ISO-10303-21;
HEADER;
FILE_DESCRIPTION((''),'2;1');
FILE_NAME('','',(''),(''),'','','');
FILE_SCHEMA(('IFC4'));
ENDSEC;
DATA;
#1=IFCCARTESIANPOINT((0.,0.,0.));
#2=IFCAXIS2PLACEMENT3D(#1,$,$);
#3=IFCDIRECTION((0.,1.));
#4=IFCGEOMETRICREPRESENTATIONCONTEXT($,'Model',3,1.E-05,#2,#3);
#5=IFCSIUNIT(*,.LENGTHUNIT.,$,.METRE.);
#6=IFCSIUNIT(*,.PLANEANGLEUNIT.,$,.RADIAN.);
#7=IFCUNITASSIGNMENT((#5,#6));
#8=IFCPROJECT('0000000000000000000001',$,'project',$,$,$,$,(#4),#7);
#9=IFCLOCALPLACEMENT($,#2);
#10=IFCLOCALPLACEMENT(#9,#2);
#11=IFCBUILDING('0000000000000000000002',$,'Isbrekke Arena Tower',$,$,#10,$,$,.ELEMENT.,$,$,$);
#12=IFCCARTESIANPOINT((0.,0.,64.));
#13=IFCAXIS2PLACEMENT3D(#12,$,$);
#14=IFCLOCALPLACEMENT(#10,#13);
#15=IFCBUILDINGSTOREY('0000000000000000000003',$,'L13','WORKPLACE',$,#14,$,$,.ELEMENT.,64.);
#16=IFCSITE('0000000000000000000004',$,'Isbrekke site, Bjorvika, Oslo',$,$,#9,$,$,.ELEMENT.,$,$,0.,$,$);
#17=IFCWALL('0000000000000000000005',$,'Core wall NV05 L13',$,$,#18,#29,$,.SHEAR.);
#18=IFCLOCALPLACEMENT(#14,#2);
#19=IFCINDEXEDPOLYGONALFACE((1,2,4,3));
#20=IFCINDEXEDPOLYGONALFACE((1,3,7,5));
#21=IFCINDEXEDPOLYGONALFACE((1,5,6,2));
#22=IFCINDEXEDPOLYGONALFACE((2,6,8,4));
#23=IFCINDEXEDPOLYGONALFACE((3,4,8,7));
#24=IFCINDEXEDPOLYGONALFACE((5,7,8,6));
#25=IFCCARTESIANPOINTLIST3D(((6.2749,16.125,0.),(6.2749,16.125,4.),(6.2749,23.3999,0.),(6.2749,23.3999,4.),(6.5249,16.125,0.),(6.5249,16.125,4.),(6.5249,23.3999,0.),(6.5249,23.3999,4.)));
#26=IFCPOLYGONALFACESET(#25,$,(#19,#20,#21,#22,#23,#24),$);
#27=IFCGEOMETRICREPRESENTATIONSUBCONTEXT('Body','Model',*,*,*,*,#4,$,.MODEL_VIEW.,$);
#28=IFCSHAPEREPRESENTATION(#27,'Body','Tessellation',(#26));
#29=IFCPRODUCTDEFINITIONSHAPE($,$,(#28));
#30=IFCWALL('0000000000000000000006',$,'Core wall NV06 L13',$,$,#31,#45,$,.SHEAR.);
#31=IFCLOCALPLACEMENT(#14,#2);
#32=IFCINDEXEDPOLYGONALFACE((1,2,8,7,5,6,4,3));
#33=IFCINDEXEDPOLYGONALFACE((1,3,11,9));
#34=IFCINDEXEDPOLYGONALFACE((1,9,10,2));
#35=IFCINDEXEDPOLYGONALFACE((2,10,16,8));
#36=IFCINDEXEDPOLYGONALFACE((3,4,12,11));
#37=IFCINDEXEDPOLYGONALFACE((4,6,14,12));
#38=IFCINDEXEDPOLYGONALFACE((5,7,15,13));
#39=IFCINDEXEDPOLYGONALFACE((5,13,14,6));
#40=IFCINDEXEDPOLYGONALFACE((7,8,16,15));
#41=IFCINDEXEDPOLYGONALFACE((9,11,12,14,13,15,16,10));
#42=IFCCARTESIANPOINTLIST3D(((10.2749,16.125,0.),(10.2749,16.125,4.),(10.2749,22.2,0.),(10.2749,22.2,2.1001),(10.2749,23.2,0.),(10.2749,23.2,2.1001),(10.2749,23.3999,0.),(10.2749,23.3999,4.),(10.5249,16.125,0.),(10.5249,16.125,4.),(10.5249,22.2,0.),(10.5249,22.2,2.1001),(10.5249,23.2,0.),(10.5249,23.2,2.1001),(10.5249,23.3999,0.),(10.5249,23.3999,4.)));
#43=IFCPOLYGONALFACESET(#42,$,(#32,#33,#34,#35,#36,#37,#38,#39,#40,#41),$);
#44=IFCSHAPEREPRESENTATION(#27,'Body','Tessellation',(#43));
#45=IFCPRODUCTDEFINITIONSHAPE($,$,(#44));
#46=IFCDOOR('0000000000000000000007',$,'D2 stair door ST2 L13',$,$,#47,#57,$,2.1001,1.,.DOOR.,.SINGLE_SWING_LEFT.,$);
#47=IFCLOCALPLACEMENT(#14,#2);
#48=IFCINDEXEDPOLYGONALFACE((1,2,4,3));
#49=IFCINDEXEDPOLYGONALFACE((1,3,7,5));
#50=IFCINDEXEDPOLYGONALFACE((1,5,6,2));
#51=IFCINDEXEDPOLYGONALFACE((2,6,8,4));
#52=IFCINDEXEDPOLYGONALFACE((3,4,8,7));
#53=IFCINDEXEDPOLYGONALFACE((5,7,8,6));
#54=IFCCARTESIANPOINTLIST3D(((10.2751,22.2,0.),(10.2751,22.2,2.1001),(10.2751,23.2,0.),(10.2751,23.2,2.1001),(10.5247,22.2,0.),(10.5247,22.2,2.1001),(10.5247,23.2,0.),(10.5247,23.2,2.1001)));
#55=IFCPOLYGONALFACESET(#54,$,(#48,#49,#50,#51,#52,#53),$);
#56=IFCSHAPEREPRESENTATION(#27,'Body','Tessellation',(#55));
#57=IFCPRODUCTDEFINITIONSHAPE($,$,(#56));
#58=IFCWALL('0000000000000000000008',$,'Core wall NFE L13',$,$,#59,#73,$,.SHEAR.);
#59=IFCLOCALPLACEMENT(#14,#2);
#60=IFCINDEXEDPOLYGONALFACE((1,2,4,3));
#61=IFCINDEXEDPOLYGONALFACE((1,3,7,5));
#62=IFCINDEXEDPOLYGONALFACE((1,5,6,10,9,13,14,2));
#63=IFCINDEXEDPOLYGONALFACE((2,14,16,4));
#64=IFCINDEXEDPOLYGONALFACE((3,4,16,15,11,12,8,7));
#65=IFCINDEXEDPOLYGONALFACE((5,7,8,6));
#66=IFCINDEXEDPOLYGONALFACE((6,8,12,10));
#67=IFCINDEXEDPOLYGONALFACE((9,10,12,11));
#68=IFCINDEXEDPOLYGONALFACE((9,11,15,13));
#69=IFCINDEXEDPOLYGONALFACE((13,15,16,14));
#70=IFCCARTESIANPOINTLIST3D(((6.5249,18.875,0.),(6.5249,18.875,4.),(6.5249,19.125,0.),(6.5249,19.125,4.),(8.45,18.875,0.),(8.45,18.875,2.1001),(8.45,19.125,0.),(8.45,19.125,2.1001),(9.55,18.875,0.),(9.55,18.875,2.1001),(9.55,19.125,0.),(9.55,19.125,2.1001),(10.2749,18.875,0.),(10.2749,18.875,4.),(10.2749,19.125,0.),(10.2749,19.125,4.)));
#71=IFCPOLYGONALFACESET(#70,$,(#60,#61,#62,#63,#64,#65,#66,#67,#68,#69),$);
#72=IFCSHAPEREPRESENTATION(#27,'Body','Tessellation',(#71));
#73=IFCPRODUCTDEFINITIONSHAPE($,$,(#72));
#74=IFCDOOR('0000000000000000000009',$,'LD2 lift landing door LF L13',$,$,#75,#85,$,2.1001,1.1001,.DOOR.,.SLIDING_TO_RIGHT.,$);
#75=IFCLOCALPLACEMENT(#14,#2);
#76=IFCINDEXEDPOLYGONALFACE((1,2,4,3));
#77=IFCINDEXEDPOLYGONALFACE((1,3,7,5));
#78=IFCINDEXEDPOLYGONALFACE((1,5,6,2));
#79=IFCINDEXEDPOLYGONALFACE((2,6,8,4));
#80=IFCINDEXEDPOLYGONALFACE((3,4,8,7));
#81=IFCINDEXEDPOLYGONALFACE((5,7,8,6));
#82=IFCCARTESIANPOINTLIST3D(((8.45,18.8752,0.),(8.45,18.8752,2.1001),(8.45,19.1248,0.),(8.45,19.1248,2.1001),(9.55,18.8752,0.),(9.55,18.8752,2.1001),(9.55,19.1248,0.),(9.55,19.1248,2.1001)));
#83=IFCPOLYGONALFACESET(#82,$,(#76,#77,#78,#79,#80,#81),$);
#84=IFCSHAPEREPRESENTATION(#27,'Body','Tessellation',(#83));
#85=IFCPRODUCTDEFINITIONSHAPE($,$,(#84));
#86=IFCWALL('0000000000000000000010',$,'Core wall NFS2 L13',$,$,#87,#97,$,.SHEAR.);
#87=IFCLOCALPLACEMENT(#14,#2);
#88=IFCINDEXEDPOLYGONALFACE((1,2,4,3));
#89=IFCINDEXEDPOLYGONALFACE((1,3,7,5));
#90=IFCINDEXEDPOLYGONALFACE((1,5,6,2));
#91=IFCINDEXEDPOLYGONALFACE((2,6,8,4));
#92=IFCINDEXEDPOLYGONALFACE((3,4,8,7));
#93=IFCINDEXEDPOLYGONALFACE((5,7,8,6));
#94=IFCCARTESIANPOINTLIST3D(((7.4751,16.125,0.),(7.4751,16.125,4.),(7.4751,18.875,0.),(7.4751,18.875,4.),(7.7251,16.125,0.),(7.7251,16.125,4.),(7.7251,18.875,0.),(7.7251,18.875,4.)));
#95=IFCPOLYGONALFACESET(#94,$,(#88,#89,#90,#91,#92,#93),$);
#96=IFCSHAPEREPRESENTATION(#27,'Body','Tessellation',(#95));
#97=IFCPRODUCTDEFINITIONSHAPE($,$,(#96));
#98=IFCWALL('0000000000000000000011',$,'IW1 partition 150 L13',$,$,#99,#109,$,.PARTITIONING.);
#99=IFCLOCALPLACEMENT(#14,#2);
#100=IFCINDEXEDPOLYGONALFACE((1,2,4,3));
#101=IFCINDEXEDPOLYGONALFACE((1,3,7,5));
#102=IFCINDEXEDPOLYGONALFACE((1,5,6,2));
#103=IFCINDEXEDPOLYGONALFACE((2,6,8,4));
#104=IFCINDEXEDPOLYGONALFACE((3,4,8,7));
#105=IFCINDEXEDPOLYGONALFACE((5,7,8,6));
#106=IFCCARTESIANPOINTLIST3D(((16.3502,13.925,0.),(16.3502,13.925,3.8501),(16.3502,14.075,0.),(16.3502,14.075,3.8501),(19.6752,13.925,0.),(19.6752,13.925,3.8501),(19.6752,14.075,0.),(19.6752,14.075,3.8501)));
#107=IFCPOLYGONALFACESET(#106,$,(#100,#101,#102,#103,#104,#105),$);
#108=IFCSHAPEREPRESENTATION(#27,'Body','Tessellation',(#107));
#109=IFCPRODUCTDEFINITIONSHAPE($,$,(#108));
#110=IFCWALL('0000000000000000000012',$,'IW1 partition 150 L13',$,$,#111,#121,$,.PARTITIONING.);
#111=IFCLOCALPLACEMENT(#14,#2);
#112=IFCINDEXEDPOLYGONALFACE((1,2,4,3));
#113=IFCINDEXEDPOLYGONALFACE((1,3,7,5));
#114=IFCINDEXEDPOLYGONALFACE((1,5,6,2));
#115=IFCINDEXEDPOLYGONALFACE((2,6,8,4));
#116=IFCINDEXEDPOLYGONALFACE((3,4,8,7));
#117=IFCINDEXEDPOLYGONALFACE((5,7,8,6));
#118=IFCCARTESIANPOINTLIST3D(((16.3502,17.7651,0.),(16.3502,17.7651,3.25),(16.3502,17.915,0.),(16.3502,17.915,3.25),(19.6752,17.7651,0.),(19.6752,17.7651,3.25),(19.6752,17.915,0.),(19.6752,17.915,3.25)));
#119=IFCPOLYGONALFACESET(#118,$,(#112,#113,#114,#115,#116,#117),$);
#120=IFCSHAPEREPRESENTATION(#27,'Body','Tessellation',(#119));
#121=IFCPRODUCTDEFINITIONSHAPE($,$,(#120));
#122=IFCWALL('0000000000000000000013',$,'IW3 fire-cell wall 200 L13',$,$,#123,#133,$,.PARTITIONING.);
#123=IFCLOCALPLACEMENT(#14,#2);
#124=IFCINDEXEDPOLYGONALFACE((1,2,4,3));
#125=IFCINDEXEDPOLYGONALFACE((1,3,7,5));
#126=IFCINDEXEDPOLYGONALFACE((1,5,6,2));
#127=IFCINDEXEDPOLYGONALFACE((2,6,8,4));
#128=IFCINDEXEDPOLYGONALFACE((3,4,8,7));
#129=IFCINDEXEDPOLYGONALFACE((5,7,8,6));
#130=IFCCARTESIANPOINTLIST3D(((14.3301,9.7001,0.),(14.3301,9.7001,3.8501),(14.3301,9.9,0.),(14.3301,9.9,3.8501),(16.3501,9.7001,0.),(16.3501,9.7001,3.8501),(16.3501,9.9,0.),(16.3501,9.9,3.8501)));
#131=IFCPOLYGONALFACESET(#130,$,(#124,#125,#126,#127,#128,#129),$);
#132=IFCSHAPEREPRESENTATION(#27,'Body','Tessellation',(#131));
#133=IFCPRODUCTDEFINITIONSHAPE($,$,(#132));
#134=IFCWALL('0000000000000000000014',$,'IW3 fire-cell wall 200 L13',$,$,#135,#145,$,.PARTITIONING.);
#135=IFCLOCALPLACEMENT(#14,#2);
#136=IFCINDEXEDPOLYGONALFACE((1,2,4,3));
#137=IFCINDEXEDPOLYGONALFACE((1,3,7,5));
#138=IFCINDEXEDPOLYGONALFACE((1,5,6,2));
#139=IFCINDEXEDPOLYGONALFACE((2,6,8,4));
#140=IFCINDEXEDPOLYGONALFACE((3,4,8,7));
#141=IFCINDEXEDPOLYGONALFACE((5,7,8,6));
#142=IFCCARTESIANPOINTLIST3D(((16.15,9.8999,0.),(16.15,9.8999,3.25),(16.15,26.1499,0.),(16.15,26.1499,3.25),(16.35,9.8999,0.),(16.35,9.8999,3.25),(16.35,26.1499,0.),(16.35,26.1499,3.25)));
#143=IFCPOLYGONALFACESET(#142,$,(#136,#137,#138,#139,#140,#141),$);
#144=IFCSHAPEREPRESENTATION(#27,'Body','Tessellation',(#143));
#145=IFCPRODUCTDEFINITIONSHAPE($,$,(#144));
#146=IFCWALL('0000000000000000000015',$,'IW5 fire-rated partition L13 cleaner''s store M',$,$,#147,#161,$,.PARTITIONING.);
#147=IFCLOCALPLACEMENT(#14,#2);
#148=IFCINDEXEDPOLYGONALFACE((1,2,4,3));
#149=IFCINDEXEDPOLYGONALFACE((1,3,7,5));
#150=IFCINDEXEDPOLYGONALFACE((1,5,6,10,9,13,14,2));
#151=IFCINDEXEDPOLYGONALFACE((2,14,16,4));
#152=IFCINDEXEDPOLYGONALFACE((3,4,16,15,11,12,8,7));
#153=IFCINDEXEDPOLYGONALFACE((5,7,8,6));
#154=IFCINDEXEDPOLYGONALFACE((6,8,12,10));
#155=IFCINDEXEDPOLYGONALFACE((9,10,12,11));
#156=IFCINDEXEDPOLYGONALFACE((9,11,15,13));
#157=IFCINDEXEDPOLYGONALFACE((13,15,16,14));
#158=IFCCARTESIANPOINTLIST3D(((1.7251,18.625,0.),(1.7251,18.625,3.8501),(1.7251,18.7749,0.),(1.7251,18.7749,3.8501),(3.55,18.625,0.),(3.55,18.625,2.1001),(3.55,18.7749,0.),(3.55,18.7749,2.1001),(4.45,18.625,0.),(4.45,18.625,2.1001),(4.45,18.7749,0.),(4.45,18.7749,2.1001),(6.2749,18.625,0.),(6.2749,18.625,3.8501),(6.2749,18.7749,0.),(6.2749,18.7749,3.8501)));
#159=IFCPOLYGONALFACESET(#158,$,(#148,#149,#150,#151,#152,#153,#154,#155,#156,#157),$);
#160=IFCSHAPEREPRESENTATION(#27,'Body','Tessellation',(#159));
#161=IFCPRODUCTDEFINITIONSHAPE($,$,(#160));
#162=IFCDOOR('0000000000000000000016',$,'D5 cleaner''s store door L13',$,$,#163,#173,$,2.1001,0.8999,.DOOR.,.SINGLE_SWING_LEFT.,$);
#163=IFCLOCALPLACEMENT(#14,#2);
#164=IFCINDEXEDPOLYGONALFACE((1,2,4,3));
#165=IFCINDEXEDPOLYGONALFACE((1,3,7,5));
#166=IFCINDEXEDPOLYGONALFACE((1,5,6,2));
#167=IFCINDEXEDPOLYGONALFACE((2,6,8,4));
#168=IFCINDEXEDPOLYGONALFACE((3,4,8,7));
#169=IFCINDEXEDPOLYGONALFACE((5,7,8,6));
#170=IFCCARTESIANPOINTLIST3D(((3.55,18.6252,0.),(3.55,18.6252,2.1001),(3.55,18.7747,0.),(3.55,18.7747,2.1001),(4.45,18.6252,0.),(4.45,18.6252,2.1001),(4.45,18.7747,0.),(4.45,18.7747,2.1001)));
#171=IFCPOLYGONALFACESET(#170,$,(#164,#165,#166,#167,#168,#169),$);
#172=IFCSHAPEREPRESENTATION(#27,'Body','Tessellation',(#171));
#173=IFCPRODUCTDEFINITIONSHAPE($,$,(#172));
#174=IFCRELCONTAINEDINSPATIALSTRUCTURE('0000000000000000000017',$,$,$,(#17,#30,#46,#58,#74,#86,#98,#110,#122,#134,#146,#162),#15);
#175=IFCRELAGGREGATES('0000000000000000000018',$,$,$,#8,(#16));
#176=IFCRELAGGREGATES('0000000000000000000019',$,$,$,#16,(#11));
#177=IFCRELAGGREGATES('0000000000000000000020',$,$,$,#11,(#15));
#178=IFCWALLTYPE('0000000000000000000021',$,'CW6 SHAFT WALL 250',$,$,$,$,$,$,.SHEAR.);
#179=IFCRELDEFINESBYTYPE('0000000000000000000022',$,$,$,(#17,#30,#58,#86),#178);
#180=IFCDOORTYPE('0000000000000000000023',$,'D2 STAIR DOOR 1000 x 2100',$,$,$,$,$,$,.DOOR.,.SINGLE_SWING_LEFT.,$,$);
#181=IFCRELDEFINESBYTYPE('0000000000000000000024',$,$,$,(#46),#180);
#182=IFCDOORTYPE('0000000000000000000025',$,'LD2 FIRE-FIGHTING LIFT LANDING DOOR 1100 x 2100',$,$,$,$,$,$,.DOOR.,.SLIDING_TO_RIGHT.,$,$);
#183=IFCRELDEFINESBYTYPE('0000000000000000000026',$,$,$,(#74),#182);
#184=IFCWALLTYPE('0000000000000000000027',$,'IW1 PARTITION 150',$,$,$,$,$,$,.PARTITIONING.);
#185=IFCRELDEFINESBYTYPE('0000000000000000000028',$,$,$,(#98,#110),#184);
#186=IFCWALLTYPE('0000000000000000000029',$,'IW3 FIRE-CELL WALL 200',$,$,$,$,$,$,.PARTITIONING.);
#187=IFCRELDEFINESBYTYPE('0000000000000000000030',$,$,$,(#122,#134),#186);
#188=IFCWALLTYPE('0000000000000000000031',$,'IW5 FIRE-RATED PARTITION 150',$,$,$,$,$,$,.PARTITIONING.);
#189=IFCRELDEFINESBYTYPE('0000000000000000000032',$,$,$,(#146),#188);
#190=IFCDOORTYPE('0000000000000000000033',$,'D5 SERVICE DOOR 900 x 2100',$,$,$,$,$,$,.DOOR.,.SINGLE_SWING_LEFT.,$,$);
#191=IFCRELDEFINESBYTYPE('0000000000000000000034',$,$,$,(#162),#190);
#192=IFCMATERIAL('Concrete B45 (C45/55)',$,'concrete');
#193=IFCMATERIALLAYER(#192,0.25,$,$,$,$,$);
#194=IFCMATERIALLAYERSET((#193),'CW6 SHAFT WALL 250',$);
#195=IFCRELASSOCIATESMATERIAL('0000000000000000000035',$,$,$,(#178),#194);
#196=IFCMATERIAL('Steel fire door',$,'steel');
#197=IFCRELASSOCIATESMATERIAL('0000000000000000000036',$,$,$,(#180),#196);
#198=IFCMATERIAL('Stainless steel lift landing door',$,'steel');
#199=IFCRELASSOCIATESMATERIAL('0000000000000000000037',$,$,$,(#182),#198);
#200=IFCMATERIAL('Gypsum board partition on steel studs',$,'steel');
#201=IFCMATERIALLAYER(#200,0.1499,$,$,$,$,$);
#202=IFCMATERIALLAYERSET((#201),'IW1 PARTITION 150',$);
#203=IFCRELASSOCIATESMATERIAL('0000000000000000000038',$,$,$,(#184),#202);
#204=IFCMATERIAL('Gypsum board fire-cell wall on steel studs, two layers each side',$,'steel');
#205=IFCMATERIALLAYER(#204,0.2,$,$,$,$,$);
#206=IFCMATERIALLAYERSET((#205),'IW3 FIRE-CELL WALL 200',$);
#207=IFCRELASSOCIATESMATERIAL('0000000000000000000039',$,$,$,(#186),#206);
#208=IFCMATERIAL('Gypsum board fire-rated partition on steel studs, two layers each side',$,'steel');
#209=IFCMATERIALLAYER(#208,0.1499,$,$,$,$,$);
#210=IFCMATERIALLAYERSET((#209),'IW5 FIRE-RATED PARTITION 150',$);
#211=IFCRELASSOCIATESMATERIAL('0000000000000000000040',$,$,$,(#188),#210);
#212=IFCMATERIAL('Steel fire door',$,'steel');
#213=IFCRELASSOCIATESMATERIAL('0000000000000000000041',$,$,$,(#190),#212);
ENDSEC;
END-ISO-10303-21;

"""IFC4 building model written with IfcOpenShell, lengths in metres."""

from ifc_helpers import new_model, si_unit, direction, frame, frame_2d, origin, place, context, subcontext, project, spatial, rectangle, extrude, material, layer, layer_set, type_object, element, fill, save


model = new_model("IFC4")

# Units and contexts
model_context = context("Model", 3, precision=1e-05, world=origin(), true_north=direction((0.0, 1.0)))
body_context = subcontext(model_context, "Body", "Model", "MODEL_VIEW")
ifc_project = project(units=[si_unit("LENGTHUNIT", "METRE"), si_unit("PLANEANGLEUNIT", "RADIAN")], contexts=[model_context])

# Site, building, storey
site_placement = place(None, origin())
site = spatial("IfcSite", under=ifc_project, at=site_placement, Name="Isbrekke site, Bjorvika, Oslo", CompositionType="ELEMENT", RefElevation=0.0)
building_placement = place(site_placement, origin())
building = spatial("IfcBuilding", under=site, at=building_placement, Name="Isbrekke Arena Tower", CompositionType="ELEMENT")
storey_placement = place(building_placement, frame((0.0, 0.0, 64.0)))
storey = spatial("IfcBuildingStorey", under=building, at=storey_placement, Name="L13", Description="WORKPLACE", CompositionType="ELEMENT", Elevation=64.0)

# Wall
ifc_material_1 = material(Name="Concrete B45 (C45/55)", Category="concrete")
ifc_layer_1 = layer(ifc_material_1, 0.25)
ifc_layer_set_1 = layer_set([ifc_layer_1], Name="CW6 SHAFT WALL 250")
wall_type_1 = type_object("IfcWallType", Name="CW6 SHAFT WALL 250", PredefinedType="SHEAR", material=ifc_layer_set_1)
for number, where, z_axis, x_axis, name in (
    (1, (6.3999, 16.125, 0.0), (0.0, 0.0, 1.0), (0.0, 1.0, 0.0), "Core wall NV05 L13"),
):
    element("IfcWall", number, at=place(storey_placement, frame(where, z_axis=z_axis, x_axis=x_axis)), inside=storey, type_object=wall_type_1, Name=name, PredefinedType="SHEAR", context=body_context, shape_type="SweptSolid", body=[
        extrude(rectangle(XDim=7.2749, YDim=0.25, at=frame_2d((3.6375, 0.0))), origin(), (0.0, 0.0, 1.0), 4.0),
    ])

# Walls, openings, doors
wall_1_placement = place(storey_placement, frame((10.3999, 16.125, 0.0), z_axis=(0.0, 0.0, 1.0), x_axis=(0.0, 1.0, 0.0)))
wall_1 = element("IfcWall", 2, at=wall_1_placement, inside=storey, type_object=wall_type_1, Name="Core wall NV06 L13", PredefinedType="SHEAR", context=body_context, shape_type="SweptSolid", body=[
    extrude(rectangle(XDim=7.2749, YDim=0.25, at=frame_2d((3.6375, 0.0))), origin(), (0.0, 0.0, 1.0), 4.0),
])
opening_1_placement = place(wall_1_placement, frame((6.075, 0.0, 0.0)))
opening_1 = element("IfcOpeningElement", 3, at=opening_1_placement, cuts=wall_1, PredefinedType="OPENING", context=body_context, shape_type="SweptSolid", body=[
    extrude(rectangle(XDim=1.0, YDim=2.1001, at=frame_2d((0.5, 1.05))), frame((0.0, 0.1399, 0.0), z_axis=(0.0, -1.0, 0.0), x_axis=(1.0, 0.0, 0.0)), (0.0, 0.0, 1.0), 0.2798),
])
ifc_material_2 = material(Name="Steel fire door", Category="steel")
door_type_1 = type_object("IfcDoorType", Name="D2 STAIR DOOR 1000 x 2100", OperationType="SINGLE_SWING_LEFT", PredefinedType="DOOR", material=ifc_material_2)
door_1_placement = place(opening_1_placement, origin())
door_1 = element("IfcDoor", 4, at=door_1_placement, inside=storey, type_object=door_type_1, Name="D2 stair door ST2 L13", OperationType="SINGLE_SWING_LEFT", OverallHeight=2.1001, OverallWidth=1.0, PredefinedType="DOOR", context=body_context, shape_type="SweptSolid", body=[
    extrude(rectangle(XDim=1.0, YDim=2.1001, at=frame_2d((0.5, 1.05))), frame((0.0, 0.1248, 0.0), z_axis=(0.0, -1.0, 0.0), x_axis=(1.0, 0.0, 0.0)), (0.0, 0.0, 1.0), 0.2495),
])
fill(opening_1, door_1)
wall_2_placement = place(storey_placement, frame((6.5249, 19.0, 0.0), z_axis=(0.0, 0.0, 1.0), x_axis=(1.0, 0.0, 0.0)))
wall_2 = element("IfcWall", 5, at=wall_2_placement, inside=storey, type_object=wall_type_1, Name="Core wall NFE L13", PredefinedType="SHEAR", context=body_context, shape_type="SweptSolid", body=[
    extrude(rectangle(XDim=3.75, YDim=0.25, at=frame_2d((1.875, 0.0))), origin(), (0.0, 0.0, 1.0), 4.0),
])
opening_2_placement = place(wall_2_placement, frame((1.925, 0.0, 0.0)))
opening_2 = element("IfcOpeningElement", 6, at=opening_2_placement, cuts=wall_2, PredefinedType="OPENING", context=body_context, shape_type="SweptSolid", body=[
    extrude(rectangle(XDim=1.1001, YDim=2.1001, at=frame_2d((0.55, 1.05))), frame((0.0, 0.1399, 0.0), z_axis=(0.0, -1.0, 0.0), x_axis=(1.0, 0.0, 0.0)), (0.0, 0.0, 1.0), 0.2798),
])
ifc_material_3 = material(Name="Stainless steel lift landing door", Category="steel")
door_type_2 = type_object("IfcDoorType", Name="LD2 FIRE-FIGHTING LIFT LANDING DOOR 1100 x 2100", OperationType="SLIDING_TO_RIGHT", PredefinedType="DOOR", material=ifc_material_3)
door_2_placement = place(opening_2_placement, origin())
door_2 = element("IfcDoor", 7, at=door_2_placement, inside=storey, type_object=door_type_2, Name="LD2 lift landing door LF L13", OperationType="SLIDING_TO_RIGHT", OverallHeight=2.1001, OverallWidth=1.1001, PredefinedType="DOOR", context=body_context, shape_type="SweptSolid", body=[
    extrude(rectangle(XDim=1.1001, YDim=2.1001, at=frame_2d((0.55, 1.05))), frame((0.0, 0.1248, 0.0), z_axis=(0.0, -1.0, 0.0), x_axis=(1.0, 0.0, 0.0)), (0.0, 0.0, 1.0), 0.2495),
])
fill(opening_2, door_2)

# Walls
wall_3_placement = place(storey_placement, frame((7.6001, 16.125, 0.0), z_axis=(0.0, 0.0, 1.0), x_axis=(0.0, 1.0, 0.0)))
element("IfcWall", 8, at=wall_3_placement, inside=storey, type_object=wall_type_1, Name="Core wall NFS2 L13", PredefinedType="SHEAR", context=body_context, shape_type="SweptSolid", body=[
    extrude(rectangle(XDim=2.75, YDim=0.25, at=frame_2d((1.375, 0.0))), origin(), (0.0, 0.0, 1.0), 4.0),
])
ifc_material_4 = material(Name="Gypsum board partition on steel studs", Category="steel")
ifc_layer_2 = layer(ifc_material_4, 0.1499)
ifc_layer_set_2 = layer_set([ifc_layer_2], Name="IW1 PARTITION 150")
wall_type_2 = type_object("IfcWallType", Name="IW1 PARTITION 150", PredefinedType="PARTITIONING", material=ifc_layer_set_2)
wall_4_placement = place(storey_placement, frame((16.3501, 14.0, 0.0), z_axis=(0.0, 0.0, 1.0), x_axis=(1.0, 0.0, 0.0)))
element("IfcWall", 9, at=wall_4_placement, inside=storey, type_object=wall_type_2, Name="IW1 partition 150 L13", PredefinedType="PARTITIONING", context=body_context, shape_type="SweptSolid", body=[
    extrude(rectangle(XDim=3.325, YDim=0.1499, at=frame_2d((1.6626, 0.0))), origin(), (0.0, 0.0, 1.0), 3.8501),
])
wall_5_placement = place(storey_placement, frame((16.3501, 17.8401, 0.0), z_axis=(0.0, 0.0, 1.0), x_axis=(1.0, 0.0, 0.0)))
element("IfcWall", 10, at=wall_5_placement, inside=storey, type_object=wall_type_2, Name="IW1 partition 150 L13", PredefinedType="PARTITIONING", context=body_context, shape_type="SweptSolid", body=[
    extrude(rectangle(XDim=3.325, YDim=0.1499, at=frame_2d((1.6626, 0.0))), origin(), (0.0, 0.0, 1.0), 3.25),
])
ifc_material_5 = material(Name="Gypsum board fire-cell wall on steel studs, two layers each side", Category="steel")
ifc_layer_3 = layer(ifc_material_5, 0.2)
ifc_layer_set_3 = layer_set([ifc_layer_3], Name="IW3 FIRE-CELL WALL 200")
wall_type_3 = type_object("IfcWallType", Name="IW3 FIRE-CELL WALL 200", PredefinedType="PARTITIONING", material=ifc_layer_set_3)
wall_6_placement = place(storey_placement, frame((14.3301, 9.8, 0.0), z_axis=(0.0, 0.0, 1.0), x_axis=(1.0, 0.0, 0.0)))
element("IfcWall", 11, at=wall_6_placement, inside=storey, type_object=wall_type_3, Name="IW3 fire-cell wall 200 L13", PredefinedType="PARTITIONING", context=body_context, shape_type="SweptSolid", body=[
    extrude(rectangle(XDim=2.02, YDim=0.2, at=frame_2d((1.01, 0.0))), origin(), (0.0, 0.0, 1.0), 3.8501),
])
wall_7_placement = place(storey_placement, frame((16.25, 9.8999, 0.0), z_axis=(0.0, 0.0, 1.0), x_axis=(0.0, 1.0, 0.0)))
element("IfcWall", 12, at=wall_7_placement, inside=storey, type_object=wall_type_3, Name="IW3 fire-cell wall 200 L13", PredefinedType="PARTITIONING", context=body_context, shape_type="SweptSolid", body=[
    extrude(rectangle(XDim=16.25, YDim=0.2, at=frame_2d((8.125, 0.0))), origin(), (0.0, 0.0, 1.0), 3.25),
])

# Wall, opening, door
ifc_material_6 = material(Name="Gypsum board fire-rated partition on steel studs, two layers each side", Category="steel")
ifc_layer_4 = layer(ifc_material_6, 0.1499)
ifc_layer_set_4 = layer_set([ifc_layer_4], Name="IW5 FIRE-RATED PARTITION 150")
wall_type_4 = type_object("IfcWallType", Name="IW5 FIRE-RATED PARTITION 150", PredefinedType="PARTITIONING", material=ifc_layer_set_4)
wall_8_placement = place(storey_placement, frame((1.7251, 18.7, 0.0), z_axis=(0.0, 0.0, 1.0), x_axis=(1.0, 0.0, 0.0)))
wall_8 = element("IfcWall", 13, at=wall_8_placement, inside=storey, type_object=wall_type_4, Name="IW5 fire-rated partition L13 cleaner's store M", PredefinedType="PARTITIONING", context=body_context, shape_type="SweptSolid", body=[
    extrude(rectangle(XDim=4.5498, YDim=0.1499, at=frame_2d((2.2749, 0.0))), origin(), (0.0, 0.0, 1.0), 3.8501),
])
opening_3_placement = place(wall_8_placement, frame((1.825, 0.0, 0.0)))
opening_3 = element("IfcOpeningElement", 14, at=opening_3_placement, cuts=wall_8, PredefinedType="OPENING", context=body_context, shape_type="SweptSolid", body=[
    extrude(rectangle(XDim=0.8999, YDim=2.1001, at=frame_2d((0.45, 1.05))), frame((0.0, 0.0898, 0.0), z_axis=(0.0, -1.0, 0.0), x_axis=(1.0, 0.0, 0.0)), (0.0, 0.0, 1.0), 0.1797),
])
ifc_material_7 = material(Name="Steel fire door", Category="steel")
door_type_3 = type_object("IfcDoorType", Name="D5 SERVICE DOOR 900 x 2100", OperationType="SINGLE_SWING_LEFT", PredefinedType="DOOR", material=ifc_material_7)
door_3_placement = place(opening_3_placement, origin())
door_3 = element("IfcDoor", 15, at=door_3_placement, inside=storey, type_object=door_type_3, Name="D5 cleaner's store door L13", OperationType="SINGLE_SWING_LEFT", OverallHeight=2.1001, OverallWidth=0.8999, PredefinedType="DOOR", context=body_context, shape_type="SweptSolid", body=[
    extrude(rectangle(XDim=0.8999, YDim=2.1001, at=frame_2d((0.45, 1.05))), frame((0.0, 0.0747, 0.0), z_axis=(0.0, -1.0, 0.0), x_axis=(1.0, 0.0, 0.0)), (0.0, 0.0, 1.0), 0.1494),
])
fill(opening_3, door_3)

save(model, "model.ifc")
